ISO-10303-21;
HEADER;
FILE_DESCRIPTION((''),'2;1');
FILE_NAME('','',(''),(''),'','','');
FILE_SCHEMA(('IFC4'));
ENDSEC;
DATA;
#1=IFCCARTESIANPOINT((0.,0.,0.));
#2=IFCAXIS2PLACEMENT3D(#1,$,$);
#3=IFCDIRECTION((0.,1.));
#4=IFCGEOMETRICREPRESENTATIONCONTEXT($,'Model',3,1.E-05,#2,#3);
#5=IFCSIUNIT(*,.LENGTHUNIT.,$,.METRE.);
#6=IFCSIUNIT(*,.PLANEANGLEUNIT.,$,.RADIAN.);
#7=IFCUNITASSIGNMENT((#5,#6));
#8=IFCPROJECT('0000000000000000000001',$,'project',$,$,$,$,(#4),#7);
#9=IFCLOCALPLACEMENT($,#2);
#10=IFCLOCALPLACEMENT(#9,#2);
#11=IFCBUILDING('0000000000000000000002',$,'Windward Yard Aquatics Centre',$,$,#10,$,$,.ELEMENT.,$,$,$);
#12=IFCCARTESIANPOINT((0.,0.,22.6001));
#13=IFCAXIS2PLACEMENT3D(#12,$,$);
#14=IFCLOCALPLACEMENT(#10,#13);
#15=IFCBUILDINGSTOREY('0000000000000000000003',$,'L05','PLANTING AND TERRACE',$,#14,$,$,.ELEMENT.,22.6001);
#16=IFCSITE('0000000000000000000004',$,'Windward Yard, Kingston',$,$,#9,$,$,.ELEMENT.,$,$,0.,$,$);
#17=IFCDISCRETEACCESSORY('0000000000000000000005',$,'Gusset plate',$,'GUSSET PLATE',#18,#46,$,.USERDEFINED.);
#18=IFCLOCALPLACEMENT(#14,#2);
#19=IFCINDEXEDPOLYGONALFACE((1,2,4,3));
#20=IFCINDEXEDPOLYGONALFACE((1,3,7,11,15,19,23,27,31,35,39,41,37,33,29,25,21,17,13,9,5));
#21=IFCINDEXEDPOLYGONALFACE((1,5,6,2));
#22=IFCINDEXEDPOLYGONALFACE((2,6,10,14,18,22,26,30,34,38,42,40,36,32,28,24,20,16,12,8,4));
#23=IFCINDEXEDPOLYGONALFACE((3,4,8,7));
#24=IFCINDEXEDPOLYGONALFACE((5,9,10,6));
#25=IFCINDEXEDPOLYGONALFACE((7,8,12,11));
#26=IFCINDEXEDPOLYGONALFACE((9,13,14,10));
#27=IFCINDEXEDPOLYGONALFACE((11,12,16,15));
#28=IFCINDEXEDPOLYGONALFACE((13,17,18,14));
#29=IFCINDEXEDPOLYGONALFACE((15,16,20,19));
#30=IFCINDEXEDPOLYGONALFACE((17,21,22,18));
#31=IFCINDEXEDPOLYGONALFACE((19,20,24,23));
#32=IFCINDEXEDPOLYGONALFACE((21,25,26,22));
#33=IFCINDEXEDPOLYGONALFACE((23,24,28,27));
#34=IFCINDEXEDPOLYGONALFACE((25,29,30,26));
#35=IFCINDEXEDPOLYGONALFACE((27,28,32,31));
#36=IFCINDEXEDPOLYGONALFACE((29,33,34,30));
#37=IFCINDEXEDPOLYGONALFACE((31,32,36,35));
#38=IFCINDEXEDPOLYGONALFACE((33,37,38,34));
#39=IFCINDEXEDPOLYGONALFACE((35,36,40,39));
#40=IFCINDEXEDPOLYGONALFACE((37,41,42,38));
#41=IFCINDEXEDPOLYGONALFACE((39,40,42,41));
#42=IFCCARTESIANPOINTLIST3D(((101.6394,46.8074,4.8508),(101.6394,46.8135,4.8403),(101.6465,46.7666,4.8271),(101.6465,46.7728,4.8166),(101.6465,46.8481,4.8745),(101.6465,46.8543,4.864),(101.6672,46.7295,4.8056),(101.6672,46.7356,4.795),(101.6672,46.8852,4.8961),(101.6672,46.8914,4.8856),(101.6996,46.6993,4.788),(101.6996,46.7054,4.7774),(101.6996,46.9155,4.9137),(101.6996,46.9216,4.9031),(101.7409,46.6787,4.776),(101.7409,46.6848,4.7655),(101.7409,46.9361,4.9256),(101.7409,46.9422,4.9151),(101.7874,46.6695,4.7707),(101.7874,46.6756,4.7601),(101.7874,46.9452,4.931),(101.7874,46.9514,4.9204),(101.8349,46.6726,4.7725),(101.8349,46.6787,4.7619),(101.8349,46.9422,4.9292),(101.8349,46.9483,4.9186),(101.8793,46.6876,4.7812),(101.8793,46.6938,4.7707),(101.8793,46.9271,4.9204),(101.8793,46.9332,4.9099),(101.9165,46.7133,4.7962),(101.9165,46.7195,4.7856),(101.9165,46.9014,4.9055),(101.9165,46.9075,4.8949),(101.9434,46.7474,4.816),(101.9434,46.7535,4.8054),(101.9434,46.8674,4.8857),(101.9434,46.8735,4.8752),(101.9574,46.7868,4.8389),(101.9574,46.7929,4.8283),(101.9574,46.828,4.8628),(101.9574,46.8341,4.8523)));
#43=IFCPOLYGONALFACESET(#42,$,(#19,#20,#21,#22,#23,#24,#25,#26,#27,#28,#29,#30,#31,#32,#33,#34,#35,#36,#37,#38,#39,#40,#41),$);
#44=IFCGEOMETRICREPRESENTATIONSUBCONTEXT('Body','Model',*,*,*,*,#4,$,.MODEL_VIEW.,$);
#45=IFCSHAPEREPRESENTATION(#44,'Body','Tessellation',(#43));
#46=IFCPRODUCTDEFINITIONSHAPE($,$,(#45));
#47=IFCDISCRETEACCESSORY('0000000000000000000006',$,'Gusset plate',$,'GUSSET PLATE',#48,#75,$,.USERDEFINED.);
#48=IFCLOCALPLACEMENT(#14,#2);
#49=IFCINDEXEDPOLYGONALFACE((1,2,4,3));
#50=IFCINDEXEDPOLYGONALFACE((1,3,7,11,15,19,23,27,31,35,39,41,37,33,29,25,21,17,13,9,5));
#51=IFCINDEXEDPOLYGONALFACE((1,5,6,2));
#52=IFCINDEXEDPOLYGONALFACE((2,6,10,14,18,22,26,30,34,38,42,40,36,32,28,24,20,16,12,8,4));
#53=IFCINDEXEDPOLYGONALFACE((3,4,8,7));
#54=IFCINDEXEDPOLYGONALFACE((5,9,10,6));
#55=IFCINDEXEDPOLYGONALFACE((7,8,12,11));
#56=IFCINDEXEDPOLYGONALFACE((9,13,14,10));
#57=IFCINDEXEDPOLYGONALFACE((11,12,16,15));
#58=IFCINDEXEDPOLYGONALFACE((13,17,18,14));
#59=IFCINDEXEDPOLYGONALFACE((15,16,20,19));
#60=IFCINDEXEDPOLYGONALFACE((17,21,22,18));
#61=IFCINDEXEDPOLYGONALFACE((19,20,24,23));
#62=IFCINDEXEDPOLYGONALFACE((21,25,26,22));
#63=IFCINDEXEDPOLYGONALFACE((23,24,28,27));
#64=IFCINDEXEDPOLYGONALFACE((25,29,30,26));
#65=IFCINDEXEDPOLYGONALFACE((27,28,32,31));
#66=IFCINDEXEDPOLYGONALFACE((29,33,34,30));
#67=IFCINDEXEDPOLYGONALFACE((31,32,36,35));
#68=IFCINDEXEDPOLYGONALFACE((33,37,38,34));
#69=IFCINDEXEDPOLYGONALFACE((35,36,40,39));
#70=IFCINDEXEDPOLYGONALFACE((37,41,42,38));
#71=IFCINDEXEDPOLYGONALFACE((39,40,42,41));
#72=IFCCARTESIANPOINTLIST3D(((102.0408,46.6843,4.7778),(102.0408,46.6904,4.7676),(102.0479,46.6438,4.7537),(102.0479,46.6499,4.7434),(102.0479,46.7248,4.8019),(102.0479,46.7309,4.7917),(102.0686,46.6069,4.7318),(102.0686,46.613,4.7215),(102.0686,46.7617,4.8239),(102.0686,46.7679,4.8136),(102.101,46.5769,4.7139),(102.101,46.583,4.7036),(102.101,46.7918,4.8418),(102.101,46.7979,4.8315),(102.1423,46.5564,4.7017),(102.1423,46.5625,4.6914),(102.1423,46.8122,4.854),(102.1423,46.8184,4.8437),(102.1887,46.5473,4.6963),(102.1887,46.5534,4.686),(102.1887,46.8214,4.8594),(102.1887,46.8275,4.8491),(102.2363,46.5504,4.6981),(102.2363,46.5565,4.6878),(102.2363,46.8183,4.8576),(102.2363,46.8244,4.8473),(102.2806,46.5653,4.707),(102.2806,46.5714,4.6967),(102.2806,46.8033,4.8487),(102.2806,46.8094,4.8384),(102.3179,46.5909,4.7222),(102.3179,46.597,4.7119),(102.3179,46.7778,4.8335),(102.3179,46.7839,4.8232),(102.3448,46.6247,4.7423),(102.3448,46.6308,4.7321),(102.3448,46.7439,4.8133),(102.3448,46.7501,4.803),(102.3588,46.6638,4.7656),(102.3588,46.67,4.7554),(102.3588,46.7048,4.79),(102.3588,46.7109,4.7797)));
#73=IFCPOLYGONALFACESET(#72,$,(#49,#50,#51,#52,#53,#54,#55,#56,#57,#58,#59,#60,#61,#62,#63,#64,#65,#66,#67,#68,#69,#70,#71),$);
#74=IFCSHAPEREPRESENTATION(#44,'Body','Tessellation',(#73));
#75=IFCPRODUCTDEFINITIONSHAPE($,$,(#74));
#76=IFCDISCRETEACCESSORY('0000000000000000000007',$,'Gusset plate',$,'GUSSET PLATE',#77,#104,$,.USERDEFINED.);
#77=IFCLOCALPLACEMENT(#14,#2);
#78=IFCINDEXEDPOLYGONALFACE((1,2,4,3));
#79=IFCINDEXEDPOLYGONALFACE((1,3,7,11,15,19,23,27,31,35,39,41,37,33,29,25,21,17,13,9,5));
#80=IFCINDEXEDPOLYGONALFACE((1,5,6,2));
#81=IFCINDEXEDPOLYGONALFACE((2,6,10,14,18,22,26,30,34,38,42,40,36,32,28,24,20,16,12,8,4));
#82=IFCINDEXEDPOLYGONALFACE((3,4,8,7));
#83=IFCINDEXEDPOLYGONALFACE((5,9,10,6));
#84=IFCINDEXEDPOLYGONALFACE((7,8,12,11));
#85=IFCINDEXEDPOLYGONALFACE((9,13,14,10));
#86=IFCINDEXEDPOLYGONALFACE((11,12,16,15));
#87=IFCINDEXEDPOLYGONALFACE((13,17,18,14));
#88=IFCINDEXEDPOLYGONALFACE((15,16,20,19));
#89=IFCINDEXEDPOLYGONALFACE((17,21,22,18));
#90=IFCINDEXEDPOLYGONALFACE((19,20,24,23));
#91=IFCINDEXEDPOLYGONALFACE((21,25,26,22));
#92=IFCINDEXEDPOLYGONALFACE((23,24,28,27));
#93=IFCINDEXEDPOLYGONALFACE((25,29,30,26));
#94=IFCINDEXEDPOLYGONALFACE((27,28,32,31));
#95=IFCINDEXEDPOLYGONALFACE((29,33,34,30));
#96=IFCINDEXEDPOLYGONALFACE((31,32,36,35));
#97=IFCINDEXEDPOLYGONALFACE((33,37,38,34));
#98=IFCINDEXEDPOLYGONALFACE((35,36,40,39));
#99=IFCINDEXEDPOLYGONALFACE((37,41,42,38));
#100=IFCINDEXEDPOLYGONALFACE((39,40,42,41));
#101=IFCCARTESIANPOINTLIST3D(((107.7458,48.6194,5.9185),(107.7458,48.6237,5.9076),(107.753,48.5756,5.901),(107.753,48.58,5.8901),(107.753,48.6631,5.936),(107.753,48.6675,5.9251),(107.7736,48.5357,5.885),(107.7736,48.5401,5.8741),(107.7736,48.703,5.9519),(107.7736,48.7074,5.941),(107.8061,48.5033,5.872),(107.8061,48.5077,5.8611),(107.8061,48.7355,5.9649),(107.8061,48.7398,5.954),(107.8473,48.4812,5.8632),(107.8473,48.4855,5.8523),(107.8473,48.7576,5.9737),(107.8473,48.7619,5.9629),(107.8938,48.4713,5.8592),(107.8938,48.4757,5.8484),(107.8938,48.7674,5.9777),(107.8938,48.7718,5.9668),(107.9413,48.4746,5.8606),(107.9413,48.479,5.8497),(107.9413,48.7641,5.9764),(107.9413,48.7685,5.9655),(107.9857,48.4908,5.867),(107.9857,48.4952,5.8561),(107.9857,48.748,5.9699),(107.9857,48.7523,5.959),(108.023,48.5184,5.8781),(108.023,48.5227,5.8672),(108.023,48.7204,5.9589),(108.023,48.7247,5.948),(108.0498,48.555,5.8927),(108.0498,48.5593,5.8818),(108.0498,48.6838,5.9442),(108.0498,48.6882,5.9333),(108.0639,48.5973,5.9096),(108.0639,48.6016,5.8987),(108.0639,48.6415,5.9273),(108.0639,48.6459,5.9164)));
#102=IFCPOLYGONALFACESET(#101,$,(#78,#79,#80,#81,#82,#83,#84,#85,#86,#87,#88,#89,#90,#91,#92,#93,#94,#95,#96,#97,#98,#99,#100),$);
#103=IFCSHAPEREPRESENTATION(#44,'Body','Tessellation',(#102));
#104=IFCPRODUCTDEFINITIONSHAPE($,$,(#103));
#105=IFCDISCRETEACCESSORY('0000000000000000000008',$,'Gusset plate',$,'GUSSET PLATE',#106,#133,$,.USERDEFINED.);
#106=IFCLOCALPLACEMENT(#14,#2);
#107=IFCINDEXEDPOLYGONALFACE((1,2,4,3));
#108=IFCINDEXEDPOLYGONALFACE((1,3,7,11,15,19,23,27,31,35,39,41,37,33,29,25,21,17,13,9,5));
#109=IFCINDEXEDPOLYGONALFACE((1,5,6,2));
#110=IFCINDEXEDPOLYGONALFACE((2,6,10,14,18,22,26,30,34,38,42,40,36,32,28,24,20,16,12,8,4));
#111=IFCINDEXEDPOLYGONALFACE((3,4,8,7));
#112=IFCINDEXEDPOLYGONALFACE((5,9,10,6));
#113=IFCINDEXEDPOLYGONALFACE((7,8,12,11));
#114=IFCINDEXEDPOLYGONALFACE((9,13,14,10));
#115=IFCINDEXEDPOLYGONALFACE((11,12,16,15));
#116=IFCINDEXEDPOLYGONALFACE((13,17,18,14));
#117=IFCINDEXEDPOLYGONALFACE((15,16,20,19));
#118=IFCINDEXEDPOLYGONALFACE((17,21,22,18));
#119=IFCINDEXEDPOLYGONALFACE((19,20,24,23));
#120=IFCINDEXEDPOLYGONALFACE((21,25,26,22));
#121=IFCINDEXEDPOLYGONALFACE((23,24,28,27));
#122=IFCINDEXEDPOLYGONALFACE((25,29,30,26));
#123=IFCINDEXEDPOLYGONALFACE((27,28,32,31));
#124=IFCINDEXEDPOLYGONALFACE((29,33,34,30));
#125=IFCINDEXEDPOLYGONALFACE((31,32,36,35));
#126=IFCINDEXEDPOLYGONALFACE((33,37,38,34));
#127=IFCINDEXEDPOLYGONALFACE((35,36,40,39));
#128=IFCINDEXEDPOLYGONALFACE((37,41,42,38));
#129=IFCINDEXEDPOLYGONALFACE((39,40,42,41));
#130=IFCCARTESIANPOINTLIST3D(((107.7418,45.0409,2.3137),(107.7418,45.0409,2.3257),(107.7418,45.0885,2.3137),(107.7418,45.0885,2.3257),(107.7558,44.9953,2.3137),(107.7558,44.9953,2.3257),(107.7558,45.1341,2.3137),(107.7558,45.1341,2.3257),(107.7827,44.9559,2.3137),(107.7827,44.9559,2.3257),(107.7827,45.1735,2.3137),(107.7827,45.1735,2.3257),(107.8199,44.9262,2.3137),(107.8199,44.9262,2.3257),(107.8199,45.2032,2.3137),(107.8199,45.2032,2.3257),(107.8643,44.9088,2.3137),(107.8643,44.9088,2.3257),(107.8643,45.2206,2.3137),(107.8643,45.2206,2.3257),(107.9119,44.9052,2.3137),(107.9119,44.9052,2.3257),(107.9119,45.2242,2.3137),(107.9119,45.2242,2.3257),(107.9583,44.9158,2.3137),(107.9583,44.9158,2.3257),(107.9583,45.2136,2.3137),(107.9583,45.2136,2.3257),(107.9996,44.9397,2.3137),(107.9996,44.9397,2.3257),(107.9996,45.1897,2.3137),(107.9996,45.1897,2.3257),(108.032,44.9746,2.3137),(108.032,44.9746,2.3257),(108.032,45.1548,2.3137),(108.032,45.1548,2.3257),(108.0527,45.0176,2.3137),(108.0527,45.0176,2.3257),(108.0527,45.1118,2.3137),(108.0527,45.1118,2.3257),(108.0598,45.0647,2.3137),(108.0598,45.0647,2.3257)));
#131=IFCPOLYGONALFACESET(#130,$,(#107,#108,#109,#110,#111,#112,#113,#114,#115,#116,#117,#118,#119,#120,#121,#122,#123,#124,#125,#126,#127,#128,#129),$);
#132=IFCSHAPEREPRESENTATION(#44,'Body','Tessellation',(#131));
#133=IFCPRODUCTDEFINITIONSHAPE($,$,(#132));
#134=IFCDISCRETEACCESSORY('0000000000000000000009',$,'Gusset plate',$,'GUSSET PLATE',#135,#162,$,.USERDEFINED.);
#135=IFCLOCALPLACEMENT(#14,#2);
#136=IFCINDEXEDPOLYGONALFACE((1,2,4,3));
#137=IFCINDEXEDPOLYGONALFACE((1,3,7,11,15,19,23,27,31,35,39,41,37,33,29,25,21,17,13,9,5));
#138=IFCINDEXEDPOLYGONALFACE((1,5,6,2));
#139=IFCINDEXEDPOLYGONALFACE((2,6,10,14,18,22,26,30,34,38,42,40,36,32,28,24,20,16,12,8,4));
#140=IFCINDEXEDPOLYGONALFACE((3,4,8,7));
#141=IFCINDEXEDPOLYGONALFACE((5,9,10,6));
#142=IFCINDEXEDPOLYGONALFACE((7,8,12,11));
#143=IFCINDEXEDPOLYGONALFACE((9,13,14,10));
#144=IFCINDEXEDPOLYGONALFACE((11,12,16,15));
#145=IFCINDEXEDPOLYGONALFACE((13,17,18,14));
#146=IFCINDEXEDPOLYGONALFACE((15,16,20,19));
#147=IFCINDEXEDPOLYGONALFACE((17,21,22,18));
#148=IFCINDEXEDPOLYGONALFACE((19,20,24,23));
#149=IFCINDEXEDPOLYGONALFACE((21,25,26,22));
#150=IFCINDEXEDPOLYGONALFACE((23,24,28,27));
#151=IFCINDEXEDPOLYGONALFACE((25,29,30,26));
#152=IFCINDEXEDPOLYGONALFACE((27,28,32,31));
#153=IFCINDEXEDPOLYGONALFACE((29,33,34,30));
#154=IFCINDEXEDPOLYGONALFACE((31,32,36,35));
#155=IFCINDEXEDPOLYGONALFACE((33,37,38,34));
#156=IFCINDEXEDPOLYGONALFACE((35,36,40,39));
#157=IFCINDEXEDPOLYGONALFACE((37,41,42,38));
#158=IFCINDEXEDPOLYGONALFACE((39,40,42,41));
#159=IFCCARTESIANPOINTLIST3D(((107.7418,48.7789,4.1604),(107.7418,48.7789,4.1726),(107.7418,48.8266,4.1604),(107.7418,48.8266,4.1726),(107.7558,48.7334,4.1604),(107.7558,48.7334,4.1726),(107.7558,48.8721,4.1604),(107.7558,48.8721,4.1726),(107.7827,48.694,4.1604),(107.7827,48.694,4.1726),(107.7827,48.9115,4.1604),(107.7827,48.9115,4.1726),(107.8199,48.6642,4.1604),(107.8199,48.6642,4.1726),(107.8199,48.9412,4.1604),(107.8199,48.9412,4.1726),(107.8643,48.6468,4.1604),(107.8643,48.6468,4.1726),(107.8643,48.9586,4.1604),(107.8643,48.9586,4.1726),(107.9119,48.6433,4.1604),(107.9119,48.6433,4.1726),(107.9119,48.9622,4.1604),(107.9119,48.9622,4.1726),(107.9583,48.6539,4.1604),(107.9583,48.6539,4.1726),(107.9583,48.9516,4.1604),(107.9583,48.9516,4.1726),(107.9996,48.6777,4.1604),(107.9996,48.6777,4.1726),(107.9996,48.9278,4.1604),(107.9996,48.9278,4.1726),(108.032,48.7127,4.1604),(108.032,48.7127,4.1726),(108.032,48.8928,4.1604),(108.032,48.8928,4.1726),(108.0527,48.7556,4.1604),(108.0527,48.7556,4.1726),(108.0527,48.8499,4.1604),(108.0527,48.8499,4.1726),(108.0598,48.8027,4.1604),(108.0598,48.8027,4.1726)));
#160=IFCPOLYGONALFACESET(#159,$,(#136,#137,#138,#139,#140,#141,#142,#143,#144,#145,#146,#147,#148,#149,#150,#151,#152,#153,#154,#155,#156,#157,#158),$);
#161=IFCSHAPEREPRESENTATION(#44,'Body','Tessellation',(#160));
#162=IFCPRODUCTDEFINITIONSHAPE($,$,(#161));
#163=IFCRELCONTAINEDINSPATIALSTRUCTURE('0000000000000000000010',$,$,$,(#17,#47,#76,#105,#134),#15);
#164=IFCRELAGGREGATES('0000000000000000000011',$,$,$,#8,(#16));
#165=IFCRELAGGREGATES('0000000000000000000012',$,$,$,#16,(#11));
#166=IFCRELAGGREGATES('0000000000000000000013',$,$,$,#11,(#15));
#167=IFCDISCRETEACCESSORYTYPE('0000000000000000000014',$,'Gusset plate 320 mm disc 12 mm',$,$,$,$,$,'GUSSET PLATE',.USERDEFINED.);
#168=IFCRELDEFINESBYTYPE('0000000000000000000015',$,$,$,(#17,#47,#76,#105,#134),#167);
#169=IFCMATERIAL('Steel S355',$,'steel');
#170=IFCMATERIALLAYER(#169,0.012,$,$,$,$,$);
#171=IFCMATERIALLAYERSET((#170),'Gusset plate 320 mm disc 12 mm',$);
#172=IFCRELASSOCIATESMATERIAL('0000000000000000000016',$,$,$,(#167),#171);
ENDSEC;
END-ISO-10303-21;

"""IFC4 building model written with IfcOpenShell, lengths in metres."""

from ifc_helpers import new_model, si_unit, direction, frame, origin, origin_2d, place, context, subcontext, project, spatial, circle, extrude, material, layer, layer_set, type_object, element, save


model = new_model("IFC4")

# Units and contexts
model_context = context("Model", 3, precision=1e-05, world=origin(), true_north=direction((0.0, 1.0)))
body_context = subcontext(model_context, "Body", "Model", "MODEL_VIEW")
ifc_project = project(units=[si_unit("LENGTHUNIT", "METRE"), si_unit("PLANEANGLEUNIT", "RADIAN")], contexts=[model_context])

# Site, building, storey
site_placement = place(None, origin())
site = spatial("IfcSite", under=ifc_project, at=site_placement, Name="Windward Yard, Kingston", CompositionType="ELEMENT", RefElevation=0.0)
building_placement = place(site_placement, origin())
building = spatial("IfcBuilding", under=site, at=building_placement, Name="Windward Yard Aquatics Centre", CompositionType="ELEMENT")
storey_placement = place(building_placement, frame((0.0, 0.0, 22.6001)))
storey = spatial("IfcBuildingStorey", under=building, at=storey_placement, Name="L05", Description="PLANTING AND TERRACE", CompositionType="ELEMENT", Elevation=22.6001)

# Discrete accessories
ifc_material_1 = material(Name="Steel S355", Category="steel")
ifc_layer_1 = layer(ifc_material_1, 0.012)
ifc_layer_set_1 = layer_set([ifc_layer_1], Name="Gusset plate 320 mm disc 12 mm")
discrete_accessory_type_1 = type_object("IfcDiscreteAccessoryType", Name="Gusset plate 320 mm disc 12 mm", ElementType="GUSSET PLATE", PredefinedType="USERDEFINED", material=ifc_layer_set_1)
discrete_accessory_1_placement = place(storey_placement, frame((101.7993, 46.8074, 4.8508), z_axis=(0.0, 0.50262, -0.864507), x_axis=(-1.0, 0.0, 0.0)))
element("IfcDiscreteAccessory", 1, at=discrete_accessory_1_placement, inside=storey, type_object=discrete_accessory_type_1, Name="Gusset plate", ObjectType="GUSSET PLATE", PredefinedType="USERDEFINED", context=body_context, shape_type="SweptSolid", body=[
    extrude(circle(Radius=0.1599, at=origin_2d()), origin(), (0.0, 0.0, 1.0), 0.0122),
])
discrete_accessory_2_placement = place(storey_placement, frame((102.2007, 46.6843, 4.7778), z_axis=(0.0, 0.511484, -0.859293), x_axis=(-1.0, 0.0, 0.0)))
element("IfcDiscreteAccessory", 2, at=discrete_accessory_2_placement, inside=storey, type_object=discrete_accessory_type_1, Name="Gusset plate", ObjectType="GUSSET PLATE", PredefinedType="USERDEFINED", context=body_context, shape_type="SweptSolid", body=[
    extrude(circle(Radius=0.1599, at=origin_2d()), origin(), (0.0, 0.0, 1.0), 0.012),
])
discrete_accessory_3_placement = place(storey_placement, frame((107.9058, 48.6194, 5.9185), z_axis=(0.0, 0.371391, -0.928477), x_axis=(-1.0, 0.0, 0.0)))
element("IfcDiscreteAccessory", 3, at=discrete_accessory_3_placement, inside=storey, type_object=discrete_accessory_type_1, Name="Gusset plate", ObjectType="GUSSET PLATE", PredefinedType="USERDEFINED", context=body_context, shape_type="SweptSolid", body=[
    extrude(circle(Radius=0.1599, at=origin_2d()), origin(), (0.0, 0.0, 1.0), 0.0117),
])
discrete_accessory_4_placement = place(storey_placement, frame((107.8999, 45.0647, 2.3137), z_axis=(0.0, 0.0, 1.0), x_axis=(1.0, 0.0, 0.0)))
element("IfcDiscreteAccessory", 4, at=discrete_accessory_4_placement, inside=storey, type_object=discrete_accessory_type_1, Name="Gusset plate", ObjectType="GUSSET PLATE", PredefinedType="USERDEFINED", context=body_context, shape_type="SweptSolid", body=[
    extrude(circle(Radius=0.1599, at=origin_2d()), origin(), (0.0, 0.0, 1.0), 0.012),
])
discrete_accessory_5_placement = place(storey_placement, frame((107.8999, 48.8027, 4.1604), z_axis=(0.0, 0.0, 1.0), x_axis=(1.0, 0.0, 0.0)))
element("IfcDiscreteAccessory", 5, at=discrete_accessory_5_placement, inside=storey, type_object=discrete_accessory_type_1, Name="Gusset plate", ObjectType="GUSSET PLATE", PredefinedType="USERDEFINED", context=body_context, shape_type="SweptSolid", body=[
    extrude(circle(Radius=0.1599, at=origin_2d()), origin(), (0.0, 0.0, 1.0), 0.0122),
])

save(model, "model.ifc")
